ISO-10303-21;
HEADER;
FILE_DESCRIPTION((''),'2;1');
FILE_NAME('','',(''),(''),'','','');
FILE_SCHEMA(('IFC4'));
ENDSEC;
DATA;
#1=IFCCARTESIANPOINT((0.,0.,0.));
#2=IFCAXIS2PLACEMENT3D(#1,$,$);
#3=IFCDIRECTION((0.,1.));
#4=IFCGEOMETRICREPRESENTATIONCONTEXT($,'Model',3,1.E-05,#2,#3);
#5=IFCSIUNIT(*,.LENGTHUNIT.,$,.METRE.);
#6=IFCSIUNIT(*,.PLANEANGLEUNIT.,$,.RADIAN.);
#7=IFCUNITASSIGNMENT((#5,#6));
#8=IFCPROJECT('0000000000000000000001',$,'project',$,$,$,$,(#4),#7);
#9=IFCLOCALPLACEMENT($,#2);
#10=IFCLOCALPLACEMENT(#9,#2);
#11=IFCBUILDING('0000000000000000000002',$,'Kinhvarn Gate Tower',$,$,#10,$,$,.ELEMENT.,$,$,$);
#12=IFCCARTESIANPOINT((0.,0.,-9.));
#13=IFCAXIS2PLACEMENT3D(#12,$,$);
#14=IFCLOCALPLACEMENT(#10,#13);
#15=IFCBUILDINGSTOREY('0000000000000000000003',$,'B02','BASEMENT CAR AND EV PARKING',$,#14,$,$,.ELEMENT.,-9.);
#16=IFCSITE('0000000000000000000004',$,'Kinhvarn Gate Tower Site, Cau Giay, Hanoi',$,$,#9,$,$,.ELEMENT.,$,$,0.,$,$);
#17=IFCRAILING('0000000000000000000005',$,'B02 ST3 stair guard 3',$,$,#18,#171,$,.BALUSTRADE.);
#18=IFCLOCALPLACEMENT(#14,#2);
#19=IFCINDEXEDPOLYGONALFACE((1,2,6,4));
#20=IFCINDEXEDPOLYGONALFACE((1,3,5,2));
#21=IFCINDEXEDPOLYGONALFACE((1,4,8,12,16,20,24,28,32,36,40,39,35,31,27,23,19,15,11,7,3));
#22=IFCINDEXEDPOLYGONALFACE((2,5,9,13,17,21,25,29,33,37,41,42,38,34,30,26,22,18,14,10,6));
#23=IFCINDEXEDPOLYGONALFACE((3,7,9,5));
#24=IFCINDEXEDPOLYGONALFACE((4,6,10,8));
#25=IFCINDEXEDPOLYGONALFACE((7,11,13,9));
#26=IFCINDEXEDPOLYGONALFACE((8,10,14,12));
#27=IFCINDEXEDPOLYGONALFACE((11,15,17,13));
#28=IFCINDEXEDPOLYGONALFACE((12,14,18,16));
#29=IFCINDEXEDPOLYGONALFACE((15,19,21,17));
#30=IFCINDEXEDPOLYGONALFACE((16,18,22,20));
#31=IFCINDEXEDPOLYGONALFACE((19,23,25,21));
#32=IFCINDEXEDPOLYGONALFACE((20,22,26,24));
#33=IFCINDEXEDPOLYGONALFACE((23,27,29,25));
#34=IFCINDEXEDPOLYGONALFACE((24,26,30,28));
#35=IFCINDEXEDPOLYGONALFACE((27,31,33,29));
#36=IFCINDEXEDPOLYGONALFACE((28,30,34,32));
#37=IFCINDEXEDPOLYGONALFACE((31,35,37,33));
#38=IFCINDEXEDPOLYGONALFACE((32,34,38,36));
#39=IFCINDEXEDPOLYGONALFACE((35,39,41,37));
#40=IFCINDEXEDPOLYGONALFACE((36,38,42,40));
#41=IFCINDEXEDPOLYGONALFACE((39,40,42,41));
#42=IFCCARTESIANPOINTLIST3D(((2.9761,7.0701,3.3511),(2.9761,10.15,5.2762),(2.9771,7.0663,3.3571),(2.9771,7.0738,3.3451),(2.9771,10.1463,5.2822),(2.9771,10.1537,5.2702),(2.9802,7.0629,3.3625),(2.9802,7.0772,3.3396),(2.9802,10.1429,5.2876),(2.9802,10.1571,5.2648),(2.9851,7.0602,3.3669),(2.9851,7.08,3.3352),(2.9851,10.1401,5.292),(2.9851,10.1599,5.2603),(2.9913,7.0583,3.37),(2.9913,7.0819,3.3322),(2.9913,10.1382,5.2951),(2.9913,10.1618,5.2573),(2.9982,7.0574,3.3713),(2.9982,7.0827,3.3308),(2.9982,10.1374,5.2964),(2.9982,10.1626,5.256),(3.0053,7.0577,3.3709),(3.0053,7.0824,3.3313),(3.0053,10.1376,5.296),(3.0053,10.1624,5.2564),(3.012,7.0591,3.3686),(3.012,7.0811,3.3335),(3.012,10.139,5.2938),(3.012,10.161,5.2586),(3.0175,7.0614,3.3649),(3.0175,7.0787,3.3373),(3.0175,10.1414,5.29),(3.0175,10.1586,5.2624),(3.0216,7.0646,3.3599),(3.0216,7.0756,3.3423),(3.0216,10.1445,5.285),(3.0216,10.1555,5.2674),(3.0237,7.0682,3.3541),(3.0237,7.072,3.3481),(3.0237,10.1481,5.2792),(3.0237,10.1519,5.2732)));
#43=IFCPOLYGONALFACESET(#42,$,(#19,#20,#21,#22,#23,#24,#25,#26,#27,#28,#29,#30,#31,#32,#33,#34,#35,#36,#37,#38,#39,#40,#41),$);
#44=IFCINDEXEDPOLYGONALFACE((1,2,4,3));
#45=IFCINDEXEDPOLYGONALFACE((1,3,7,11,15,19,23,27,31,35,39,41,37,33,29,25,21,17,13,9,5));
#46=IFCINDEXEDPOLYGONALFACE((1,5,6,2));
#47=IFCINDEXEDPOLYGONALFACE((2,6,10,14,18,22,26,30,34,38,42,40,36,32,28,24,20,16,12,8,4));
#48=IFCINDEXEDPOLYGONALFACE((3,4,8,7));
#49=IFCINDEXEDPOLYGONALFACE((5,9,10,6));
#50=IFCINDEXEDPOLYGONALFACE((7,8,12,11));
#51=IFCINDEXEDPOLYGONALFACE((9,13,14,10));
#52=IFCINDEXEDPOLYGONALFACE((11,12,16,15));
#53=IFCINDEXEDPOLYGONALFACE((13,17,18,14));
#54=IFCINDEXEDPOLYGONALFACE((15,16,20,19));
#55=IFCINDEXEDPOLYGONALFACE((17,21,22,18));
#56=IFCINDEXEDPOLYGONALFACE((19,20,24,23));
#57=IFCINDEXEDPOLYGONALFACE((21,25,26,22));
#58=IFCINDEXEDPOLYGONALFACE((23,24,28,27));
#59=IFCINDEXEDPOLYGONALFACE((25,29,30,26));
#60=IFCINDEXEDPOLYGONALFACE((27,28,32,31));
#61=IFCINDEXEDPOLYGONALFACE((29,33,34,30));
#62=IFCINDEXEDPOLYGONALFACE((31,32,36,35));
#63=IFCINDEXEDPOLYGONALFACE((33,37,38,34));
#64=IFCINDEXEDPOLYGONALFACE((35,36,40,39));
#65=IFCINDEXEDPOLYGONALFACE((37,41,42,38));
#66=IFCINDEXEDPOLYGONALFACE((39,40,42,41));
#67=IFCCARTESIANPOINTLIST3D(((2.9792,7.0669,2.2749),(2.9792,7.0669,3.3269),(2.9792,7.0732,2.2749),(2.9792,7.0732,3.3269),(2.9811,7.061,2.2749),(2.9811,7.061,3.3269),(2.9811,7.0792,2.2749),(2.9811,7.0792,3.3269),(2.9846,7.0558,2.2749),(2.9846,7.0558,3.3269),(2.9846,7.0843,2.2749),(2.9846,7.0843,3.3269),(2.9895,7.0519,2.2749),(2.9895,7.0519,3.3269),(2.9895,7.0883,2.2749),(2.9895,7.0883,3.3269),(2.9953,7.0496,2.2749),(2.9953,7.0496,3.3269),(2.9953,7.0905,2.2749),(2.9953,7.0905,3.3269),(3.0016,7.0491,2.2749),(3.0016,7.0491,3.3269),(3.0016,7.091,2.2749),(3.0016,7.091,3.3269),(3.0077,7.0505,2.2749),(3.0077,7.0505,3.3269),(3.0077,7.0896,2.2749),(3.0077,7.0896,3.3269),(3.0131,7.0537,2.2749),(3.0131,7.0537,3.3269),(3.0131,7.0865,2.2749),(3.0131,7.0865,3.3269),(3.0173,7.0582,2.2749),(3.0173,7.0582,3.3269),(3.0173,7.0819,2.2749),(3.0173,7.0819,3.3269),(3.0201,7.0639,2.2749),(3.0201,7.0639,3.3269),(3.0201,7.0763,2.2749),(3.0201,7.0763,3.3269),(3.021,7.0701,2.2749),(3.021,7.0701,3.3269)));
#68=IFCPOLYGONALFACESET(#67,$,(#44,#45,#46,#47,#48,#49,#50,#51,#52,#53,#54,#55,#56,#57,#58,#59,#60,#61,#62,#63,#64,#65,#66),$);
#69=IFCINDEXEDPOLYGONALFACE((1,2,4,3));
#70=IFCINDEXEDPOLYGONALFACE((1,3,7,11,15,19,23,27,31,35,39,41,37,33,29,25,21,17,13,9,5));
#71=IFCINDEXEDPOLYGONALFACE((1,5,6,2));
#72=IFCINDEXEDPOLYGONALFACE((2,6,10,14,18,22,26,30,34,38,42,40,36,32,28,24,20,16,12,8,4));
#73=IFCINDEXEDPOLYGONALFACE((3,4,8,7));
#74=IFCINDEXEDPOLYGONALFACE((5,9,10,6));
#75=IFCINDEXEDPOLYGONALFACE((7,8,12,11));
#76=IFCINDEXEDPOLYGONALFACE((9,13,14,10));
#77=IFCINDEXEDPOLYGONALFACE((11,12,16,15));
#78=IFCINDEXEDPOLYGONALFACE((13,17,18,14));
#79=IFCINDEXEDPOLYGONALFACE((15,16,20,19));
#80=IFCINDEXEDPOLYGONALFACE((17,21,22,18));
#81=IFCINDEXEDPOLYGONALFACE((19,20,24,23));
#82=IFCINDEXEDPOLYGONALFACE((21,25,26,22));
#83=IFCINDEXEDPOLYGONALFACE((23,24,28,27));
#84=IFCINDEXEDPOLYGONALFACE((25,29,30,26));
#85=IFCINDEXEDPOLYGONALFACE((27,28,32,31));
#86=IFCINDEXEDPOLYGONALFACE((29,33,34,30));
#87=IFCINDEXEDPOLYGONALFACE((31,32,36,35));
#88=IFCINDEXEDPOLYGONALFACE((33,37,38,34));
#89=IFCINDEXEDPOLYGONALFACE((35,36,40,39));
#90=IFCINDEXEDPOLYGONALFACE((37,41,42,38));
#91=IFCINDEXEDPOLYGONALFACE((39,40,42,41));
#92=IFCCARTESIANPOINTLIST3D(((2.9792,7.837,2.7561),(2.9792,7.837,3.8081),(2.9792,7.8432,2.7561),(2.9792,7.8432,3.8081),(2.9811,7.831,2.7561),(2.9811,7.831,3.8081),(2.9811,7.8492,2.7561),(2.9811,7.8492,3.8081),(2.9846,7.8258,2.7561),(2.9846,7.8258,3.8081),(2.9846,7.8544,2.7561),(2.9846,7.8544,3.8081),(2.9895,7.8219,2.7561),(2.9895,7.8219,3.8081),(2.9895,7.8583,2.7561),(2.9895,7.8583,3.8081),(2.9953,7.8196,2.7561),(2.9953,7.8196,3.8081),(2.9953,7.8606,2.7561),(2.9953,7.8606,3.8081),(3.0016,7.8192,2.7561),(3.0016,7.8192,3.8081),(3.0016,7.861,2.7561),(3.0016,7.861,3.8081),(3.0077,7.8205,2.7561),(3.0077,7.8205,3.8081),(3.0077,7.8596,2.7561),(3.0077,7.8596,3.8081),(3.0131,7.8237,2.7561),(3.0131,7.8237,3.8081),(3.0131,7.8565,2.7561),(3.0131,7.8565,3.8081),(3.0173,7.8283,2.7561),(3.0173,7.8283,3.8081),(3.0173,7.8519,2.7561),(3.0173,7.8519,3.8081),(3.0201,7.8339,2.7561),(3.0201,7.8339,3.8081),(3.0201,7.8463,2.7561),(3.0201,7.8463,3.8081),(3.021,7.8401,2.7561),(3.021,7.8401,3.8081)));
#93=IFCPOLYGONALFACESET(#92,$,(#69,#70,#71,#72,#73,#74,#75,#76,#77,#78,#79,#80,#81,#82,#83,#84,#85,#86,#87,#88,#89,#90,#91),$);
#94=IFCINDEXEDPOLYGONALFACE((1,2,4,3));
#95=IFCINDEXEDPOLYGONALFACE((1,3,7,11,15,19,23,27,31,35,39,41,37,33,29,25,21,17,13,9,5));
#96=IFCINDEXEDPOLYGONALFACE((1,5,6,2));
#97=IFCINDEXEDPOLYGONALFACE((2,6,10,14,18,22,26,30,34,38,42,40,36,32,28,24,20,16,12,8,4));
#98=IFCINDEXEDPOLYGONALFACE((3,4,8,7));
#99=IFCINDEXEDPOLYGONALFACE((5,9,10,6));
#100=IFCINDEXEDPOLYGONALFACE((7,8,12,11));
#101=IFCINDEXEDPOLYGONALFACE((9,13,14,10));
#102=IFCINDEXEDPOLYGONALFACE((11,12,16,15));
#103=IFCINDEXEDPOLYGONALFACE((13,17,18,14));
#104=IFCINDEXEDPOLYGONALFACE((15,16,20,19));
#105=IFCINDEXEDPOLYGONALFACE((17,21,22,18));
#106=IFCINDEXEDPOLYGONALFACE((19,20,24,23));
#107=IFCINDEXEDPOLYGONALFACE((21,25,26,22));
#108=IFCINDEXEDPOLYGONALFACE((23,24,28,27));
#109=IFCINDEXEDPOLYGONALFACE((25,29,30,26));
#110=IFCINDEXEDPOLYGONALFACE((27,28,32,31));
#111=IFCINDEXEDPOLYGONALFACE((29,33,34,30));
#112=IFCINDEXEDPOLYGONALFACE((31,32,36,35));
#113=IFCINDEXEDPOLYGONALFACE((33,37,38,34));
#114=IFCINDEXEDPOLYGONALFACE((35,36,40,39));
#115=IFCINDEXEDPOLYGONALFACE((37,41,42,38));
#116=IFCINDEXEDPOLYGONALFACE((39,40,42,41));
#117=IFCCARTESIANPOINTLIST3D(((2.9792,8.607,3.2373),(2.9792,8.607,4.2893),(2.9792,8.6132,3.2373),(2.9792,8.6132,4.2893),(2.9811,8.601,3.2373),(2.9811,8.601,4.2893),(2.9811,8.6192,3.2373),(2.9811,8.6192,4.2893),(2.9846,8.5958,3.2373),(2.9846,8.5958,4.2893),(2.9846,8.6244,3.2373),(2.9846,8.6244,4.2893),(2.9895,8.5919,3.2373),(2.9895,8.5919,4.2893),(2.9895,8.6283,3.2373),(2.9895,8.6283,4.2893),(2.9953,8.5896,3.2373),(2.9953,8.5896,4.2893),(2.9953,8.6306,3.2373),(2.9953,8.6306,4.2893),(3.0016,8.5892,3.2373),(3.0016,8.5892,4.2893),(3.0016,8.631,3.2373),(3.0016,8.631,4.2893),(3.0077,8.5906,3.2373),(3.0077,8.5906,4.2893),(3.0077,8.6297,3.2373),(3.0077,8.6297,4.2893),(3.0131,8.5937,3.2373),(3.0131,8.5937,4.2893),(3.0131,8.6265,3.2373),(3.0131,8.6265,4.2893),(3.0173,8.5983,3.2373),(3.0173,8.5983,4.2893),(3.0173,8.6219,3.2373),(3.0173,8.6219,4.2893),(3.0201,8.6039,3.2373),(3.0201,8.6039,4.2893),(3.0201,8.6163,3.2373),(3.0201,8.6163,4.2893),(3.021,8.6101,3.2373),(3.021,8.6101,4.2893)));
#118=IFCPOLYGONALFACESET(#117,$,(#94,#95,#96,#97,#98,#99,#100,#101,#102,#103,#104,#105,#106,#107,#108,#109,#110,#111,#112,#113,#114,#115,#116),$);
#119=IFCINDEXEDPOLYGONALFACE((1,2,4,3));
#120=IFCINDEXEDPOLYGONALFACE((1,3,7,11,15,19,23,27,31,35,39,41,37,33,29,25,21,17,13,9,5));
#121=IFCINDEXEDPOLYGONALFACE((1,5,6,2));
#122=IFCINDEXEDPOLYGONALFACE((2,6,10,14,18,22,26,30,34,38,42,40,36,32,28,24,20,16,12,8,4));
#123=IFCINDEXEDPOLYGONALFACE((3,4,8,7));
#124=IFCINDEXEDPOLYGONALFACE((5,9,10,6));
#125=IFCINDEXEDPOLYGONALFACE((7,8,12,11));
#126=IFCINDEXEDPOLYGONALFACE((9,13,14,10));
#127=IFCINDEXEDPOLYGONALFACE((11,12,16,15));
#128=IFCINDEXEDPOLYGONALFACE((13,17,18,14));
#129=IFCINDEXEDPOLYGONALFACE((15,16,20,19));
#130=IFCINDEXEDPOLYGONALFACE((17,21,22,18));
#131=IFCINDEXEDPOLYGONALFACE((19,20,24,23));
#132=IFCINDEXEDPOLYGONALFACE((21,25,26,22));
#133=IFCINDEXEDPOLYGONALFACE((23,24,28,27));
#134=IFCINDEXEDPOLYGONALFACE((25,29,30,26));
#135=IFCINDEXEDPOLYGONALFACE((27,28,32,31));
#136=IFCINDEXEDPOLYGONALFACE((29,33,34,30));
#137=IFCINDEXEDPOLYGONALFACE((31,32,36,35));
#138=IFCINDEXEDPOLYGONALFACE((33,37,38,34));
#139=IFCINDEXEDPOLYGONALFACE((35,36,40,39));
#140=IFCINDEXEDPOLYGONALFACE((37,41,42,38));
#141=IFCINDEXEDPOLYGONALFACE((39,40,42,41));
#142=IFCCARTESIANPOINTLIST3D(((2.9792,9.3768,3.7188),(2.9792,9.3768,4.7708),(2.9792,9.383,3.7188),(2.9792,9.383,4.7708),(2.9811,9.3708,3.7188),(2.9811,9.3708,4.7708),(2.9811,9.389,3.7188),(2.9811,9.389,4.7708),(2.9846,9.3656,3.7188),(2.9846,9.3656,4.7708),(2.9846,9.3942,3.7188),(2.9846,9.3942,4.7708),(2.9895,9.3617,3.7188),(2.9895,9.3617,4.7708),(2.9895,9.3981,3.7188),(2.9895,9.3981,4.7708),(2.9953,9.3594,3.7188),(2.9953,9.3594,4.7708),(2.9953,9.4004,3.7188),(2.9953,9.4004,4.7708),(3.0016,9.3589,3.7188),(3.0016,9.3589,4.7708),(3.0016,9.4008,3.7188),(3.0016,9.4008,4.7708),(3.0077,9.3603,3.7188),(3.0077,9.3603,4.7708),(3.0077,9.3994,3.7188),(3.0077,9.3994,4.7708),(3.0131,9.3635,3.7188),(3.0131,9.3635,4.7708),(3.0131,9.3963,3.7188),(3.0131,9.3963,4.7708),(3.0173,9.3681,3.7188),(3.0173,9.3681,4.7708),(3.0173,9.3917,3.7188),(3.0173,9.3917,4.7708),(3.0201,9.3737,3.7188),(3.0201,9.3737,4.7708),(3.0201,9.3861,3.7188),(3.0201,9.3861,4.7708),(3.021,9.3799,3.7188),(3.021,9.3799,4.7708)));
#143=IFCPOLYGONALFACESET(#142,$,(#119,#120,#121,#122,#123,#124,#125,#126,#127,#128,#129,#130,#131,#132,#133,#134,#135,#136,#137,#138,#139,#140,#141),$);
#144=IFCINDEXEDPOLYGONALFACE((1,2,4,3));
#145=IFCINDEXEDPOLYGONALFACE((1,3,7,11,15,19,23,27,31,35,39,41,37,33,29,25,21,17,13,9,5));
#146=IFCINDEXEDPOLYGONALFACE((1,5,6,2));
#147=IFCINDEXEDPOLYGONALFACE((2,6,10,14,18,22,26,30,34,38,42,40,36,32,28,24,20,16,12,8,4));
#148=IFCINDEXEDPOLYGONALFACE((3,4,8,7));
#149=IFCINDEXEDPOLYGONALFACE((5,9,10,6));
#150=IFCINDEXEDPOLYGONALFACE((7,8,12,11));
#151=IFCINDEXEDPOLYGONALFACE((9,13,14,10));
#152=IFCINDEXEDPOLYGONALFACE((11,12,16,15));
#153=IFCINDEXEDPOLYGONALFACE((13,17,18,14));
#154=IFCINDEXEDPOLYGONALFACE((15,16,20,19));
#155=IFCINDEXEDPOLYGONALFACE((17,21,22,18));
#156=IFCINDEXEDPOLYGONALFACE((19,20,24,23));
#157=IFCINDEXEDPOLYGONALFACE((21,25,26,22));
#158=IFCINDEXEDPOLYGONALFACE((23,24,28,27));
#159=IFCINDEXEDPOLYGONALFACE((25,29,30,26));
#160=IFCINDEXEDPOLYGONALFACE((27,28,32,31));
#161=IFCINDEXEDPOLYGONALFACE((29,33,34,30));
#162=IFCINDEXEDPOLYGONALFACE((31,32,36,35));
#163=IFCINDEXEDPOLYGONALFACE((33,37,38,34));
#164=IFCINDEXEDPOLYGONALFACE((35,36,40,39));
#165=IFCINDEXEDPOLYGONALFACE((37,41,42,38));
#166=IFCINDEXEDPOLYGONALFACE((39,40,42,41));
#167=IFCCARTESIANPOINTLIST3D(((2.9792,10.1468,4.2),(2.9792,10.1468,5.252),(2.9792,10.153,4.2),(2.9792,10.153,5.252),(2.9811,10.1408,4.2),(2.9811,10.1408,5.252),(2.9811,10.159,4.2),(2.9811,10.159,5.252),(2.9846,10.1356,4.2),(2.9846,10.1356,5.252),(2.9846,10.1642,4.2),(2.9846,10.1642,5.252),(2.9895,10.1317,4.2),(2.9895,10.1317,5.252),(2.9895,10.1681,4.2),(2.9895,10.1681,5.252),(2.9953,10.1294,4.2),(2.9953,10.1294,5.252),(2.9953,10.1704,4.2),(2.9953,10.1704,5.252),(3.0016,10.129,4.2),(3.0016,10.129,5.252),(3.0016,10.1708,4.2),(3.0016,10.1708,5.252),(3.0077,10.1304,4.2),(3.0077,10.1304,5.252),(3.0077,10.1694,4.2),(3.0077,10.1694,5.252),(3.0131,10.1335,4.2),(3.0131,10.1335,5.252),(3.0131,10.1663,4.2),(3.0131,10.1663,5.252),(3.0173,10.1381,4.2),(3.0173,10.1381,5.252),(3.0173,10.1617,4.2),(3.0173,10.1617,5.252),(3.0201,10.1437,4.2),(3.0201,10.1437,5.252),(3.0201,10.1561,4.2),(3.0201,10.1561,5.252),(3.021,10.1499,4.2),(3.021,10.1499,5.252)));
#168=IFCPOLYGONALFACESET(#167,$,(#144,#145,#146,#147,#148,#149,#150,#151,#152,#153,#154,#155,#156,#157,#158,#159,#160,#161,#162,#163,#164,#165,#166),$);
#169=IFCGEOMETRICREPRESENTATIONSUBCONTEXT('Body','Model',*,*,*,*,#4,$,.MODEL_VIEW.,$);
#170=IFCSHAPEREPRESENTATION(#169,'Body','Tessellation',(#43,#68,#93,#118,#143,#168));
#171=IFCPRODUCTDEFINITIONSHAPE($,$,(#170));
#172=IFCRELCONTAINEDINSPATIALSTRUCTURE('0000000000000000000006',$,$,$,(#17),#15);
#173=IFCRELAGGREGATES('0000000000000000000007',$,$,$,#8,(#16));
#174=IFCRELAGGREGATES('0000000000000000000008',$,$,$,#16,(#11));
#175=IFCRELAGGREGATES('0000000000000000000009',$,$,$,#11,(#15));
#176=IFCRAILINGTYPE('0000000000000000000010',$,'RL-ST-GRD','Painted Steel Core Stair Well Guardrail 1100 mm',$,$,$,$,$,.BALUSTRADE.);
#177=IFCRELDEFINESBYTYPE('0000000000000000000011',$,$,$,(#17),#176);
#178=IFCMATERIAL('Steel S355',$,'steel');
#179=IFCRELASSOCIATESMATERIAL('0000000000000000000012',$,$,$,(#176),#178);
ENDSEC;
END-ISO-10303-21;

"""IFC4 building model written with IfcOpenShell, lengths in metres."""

from ifc_helpers import new_model, si_unit, direction, frame, origin, origin_2d, place, context, subcontext, project, spatial, circle, extrude, material, type_object, element, save


model = new_model("IFC4")

# Units and contexts
model_context = context("Model", 3, precision=1e-05, world=origin(), true_north=direction((0.0, 1.0)))
body_context = subcontext(model_context, "Body", "Model", "MODEL_VIEW")
ifc_project = project(units=[si_unit("LENGTHUNIT", "METRE"), si_unit("PLANEANGLEUNIT", "RADIAN")], contexts=[model_context])

# Site, building, storey
site_placement = place(None, origin())
site = spatial("IfcSite", under=ifc_project, at=site_placement, Name="Kinhvarn Gate Tower Site, Cau Giay, Hanoi", CompositionType="ELEMENT", RefElevation=0.0)
building_placement = place(site_placement, origin())
building = spatial("IfcBuilding", under=site, at=building_placement, Name="Kinhvarn Gate Tower", CompositionType="ELEMENT")
storey_placement = place(building_placement, frame((0.0, 0.0, -9.0)))
storey = spatial("IfcBuildingStorey", under=building, at=storey_placement, Name="B02", Description="BASEMENT CAR AND EV PARKING", CompositionType="ELEMENT", Elevation=-9.0)

# Shared definitions
ifc_material_1 = material(Name="Steel S355", Category="steel")

# Railing
railing_type_1 = type_object("IfcRailingType", Name="RL-ST-GRD", Description="Painted Steel Core Stair Well Guardrail 1100 mm", PredefinedType="BALUSTRADE", material=ifc_material_1)
railing_1_placement = place(storey_placement, frame((3.0, 7.0701, 2.2749)))
element("IfcRailing", 1, at=railing_1_placement, inside=storey, type_object=railing_type_1, Name="B02 ST3 stair guard 3", PredefinedType="BALUSTRADE", context=body_context, shape_type="SweptSolid", body=[
    extrude(circle(Radius=0.0239, at=origin_2d()), frame((0.0, 0.0, 1.0762), z_axis=(0.0, 0.847979, 0.530029), x_axis=(-1.0, 0.0, 0.0)), (0.0, 0.0, 1.0), 3.6321),
    extrude(circle(Radius=0.021, at=origin_2d()), origin(), (0.0, 0.0, 1.0), 1.052),
    extrude(circle(Radius=0.021, at=origin_2d()), frame((0.0, 0.77, 0.4812)), (0.0, 0.0, 1.0), 1.052),
    extrude(circle(Radius=0.021, at=origin_2d()), frame((0.0, 1.54, 0.9624)), (0.0, 0.0, 1.0), 1.052),
    extrude(circle(Radius=0.021, at=origin_2d()), frame((0.0, 2.3098, 1.4438)), (0.0, 0.0, 1.0), 1.052),
    extrude(circle(Radius=0.021, at=origin_2d()), frame((0.0, 3.0798, 1.925)), (0.0, 0.0, 1.0), 1.052),
])

save(model, "model.ifc")
